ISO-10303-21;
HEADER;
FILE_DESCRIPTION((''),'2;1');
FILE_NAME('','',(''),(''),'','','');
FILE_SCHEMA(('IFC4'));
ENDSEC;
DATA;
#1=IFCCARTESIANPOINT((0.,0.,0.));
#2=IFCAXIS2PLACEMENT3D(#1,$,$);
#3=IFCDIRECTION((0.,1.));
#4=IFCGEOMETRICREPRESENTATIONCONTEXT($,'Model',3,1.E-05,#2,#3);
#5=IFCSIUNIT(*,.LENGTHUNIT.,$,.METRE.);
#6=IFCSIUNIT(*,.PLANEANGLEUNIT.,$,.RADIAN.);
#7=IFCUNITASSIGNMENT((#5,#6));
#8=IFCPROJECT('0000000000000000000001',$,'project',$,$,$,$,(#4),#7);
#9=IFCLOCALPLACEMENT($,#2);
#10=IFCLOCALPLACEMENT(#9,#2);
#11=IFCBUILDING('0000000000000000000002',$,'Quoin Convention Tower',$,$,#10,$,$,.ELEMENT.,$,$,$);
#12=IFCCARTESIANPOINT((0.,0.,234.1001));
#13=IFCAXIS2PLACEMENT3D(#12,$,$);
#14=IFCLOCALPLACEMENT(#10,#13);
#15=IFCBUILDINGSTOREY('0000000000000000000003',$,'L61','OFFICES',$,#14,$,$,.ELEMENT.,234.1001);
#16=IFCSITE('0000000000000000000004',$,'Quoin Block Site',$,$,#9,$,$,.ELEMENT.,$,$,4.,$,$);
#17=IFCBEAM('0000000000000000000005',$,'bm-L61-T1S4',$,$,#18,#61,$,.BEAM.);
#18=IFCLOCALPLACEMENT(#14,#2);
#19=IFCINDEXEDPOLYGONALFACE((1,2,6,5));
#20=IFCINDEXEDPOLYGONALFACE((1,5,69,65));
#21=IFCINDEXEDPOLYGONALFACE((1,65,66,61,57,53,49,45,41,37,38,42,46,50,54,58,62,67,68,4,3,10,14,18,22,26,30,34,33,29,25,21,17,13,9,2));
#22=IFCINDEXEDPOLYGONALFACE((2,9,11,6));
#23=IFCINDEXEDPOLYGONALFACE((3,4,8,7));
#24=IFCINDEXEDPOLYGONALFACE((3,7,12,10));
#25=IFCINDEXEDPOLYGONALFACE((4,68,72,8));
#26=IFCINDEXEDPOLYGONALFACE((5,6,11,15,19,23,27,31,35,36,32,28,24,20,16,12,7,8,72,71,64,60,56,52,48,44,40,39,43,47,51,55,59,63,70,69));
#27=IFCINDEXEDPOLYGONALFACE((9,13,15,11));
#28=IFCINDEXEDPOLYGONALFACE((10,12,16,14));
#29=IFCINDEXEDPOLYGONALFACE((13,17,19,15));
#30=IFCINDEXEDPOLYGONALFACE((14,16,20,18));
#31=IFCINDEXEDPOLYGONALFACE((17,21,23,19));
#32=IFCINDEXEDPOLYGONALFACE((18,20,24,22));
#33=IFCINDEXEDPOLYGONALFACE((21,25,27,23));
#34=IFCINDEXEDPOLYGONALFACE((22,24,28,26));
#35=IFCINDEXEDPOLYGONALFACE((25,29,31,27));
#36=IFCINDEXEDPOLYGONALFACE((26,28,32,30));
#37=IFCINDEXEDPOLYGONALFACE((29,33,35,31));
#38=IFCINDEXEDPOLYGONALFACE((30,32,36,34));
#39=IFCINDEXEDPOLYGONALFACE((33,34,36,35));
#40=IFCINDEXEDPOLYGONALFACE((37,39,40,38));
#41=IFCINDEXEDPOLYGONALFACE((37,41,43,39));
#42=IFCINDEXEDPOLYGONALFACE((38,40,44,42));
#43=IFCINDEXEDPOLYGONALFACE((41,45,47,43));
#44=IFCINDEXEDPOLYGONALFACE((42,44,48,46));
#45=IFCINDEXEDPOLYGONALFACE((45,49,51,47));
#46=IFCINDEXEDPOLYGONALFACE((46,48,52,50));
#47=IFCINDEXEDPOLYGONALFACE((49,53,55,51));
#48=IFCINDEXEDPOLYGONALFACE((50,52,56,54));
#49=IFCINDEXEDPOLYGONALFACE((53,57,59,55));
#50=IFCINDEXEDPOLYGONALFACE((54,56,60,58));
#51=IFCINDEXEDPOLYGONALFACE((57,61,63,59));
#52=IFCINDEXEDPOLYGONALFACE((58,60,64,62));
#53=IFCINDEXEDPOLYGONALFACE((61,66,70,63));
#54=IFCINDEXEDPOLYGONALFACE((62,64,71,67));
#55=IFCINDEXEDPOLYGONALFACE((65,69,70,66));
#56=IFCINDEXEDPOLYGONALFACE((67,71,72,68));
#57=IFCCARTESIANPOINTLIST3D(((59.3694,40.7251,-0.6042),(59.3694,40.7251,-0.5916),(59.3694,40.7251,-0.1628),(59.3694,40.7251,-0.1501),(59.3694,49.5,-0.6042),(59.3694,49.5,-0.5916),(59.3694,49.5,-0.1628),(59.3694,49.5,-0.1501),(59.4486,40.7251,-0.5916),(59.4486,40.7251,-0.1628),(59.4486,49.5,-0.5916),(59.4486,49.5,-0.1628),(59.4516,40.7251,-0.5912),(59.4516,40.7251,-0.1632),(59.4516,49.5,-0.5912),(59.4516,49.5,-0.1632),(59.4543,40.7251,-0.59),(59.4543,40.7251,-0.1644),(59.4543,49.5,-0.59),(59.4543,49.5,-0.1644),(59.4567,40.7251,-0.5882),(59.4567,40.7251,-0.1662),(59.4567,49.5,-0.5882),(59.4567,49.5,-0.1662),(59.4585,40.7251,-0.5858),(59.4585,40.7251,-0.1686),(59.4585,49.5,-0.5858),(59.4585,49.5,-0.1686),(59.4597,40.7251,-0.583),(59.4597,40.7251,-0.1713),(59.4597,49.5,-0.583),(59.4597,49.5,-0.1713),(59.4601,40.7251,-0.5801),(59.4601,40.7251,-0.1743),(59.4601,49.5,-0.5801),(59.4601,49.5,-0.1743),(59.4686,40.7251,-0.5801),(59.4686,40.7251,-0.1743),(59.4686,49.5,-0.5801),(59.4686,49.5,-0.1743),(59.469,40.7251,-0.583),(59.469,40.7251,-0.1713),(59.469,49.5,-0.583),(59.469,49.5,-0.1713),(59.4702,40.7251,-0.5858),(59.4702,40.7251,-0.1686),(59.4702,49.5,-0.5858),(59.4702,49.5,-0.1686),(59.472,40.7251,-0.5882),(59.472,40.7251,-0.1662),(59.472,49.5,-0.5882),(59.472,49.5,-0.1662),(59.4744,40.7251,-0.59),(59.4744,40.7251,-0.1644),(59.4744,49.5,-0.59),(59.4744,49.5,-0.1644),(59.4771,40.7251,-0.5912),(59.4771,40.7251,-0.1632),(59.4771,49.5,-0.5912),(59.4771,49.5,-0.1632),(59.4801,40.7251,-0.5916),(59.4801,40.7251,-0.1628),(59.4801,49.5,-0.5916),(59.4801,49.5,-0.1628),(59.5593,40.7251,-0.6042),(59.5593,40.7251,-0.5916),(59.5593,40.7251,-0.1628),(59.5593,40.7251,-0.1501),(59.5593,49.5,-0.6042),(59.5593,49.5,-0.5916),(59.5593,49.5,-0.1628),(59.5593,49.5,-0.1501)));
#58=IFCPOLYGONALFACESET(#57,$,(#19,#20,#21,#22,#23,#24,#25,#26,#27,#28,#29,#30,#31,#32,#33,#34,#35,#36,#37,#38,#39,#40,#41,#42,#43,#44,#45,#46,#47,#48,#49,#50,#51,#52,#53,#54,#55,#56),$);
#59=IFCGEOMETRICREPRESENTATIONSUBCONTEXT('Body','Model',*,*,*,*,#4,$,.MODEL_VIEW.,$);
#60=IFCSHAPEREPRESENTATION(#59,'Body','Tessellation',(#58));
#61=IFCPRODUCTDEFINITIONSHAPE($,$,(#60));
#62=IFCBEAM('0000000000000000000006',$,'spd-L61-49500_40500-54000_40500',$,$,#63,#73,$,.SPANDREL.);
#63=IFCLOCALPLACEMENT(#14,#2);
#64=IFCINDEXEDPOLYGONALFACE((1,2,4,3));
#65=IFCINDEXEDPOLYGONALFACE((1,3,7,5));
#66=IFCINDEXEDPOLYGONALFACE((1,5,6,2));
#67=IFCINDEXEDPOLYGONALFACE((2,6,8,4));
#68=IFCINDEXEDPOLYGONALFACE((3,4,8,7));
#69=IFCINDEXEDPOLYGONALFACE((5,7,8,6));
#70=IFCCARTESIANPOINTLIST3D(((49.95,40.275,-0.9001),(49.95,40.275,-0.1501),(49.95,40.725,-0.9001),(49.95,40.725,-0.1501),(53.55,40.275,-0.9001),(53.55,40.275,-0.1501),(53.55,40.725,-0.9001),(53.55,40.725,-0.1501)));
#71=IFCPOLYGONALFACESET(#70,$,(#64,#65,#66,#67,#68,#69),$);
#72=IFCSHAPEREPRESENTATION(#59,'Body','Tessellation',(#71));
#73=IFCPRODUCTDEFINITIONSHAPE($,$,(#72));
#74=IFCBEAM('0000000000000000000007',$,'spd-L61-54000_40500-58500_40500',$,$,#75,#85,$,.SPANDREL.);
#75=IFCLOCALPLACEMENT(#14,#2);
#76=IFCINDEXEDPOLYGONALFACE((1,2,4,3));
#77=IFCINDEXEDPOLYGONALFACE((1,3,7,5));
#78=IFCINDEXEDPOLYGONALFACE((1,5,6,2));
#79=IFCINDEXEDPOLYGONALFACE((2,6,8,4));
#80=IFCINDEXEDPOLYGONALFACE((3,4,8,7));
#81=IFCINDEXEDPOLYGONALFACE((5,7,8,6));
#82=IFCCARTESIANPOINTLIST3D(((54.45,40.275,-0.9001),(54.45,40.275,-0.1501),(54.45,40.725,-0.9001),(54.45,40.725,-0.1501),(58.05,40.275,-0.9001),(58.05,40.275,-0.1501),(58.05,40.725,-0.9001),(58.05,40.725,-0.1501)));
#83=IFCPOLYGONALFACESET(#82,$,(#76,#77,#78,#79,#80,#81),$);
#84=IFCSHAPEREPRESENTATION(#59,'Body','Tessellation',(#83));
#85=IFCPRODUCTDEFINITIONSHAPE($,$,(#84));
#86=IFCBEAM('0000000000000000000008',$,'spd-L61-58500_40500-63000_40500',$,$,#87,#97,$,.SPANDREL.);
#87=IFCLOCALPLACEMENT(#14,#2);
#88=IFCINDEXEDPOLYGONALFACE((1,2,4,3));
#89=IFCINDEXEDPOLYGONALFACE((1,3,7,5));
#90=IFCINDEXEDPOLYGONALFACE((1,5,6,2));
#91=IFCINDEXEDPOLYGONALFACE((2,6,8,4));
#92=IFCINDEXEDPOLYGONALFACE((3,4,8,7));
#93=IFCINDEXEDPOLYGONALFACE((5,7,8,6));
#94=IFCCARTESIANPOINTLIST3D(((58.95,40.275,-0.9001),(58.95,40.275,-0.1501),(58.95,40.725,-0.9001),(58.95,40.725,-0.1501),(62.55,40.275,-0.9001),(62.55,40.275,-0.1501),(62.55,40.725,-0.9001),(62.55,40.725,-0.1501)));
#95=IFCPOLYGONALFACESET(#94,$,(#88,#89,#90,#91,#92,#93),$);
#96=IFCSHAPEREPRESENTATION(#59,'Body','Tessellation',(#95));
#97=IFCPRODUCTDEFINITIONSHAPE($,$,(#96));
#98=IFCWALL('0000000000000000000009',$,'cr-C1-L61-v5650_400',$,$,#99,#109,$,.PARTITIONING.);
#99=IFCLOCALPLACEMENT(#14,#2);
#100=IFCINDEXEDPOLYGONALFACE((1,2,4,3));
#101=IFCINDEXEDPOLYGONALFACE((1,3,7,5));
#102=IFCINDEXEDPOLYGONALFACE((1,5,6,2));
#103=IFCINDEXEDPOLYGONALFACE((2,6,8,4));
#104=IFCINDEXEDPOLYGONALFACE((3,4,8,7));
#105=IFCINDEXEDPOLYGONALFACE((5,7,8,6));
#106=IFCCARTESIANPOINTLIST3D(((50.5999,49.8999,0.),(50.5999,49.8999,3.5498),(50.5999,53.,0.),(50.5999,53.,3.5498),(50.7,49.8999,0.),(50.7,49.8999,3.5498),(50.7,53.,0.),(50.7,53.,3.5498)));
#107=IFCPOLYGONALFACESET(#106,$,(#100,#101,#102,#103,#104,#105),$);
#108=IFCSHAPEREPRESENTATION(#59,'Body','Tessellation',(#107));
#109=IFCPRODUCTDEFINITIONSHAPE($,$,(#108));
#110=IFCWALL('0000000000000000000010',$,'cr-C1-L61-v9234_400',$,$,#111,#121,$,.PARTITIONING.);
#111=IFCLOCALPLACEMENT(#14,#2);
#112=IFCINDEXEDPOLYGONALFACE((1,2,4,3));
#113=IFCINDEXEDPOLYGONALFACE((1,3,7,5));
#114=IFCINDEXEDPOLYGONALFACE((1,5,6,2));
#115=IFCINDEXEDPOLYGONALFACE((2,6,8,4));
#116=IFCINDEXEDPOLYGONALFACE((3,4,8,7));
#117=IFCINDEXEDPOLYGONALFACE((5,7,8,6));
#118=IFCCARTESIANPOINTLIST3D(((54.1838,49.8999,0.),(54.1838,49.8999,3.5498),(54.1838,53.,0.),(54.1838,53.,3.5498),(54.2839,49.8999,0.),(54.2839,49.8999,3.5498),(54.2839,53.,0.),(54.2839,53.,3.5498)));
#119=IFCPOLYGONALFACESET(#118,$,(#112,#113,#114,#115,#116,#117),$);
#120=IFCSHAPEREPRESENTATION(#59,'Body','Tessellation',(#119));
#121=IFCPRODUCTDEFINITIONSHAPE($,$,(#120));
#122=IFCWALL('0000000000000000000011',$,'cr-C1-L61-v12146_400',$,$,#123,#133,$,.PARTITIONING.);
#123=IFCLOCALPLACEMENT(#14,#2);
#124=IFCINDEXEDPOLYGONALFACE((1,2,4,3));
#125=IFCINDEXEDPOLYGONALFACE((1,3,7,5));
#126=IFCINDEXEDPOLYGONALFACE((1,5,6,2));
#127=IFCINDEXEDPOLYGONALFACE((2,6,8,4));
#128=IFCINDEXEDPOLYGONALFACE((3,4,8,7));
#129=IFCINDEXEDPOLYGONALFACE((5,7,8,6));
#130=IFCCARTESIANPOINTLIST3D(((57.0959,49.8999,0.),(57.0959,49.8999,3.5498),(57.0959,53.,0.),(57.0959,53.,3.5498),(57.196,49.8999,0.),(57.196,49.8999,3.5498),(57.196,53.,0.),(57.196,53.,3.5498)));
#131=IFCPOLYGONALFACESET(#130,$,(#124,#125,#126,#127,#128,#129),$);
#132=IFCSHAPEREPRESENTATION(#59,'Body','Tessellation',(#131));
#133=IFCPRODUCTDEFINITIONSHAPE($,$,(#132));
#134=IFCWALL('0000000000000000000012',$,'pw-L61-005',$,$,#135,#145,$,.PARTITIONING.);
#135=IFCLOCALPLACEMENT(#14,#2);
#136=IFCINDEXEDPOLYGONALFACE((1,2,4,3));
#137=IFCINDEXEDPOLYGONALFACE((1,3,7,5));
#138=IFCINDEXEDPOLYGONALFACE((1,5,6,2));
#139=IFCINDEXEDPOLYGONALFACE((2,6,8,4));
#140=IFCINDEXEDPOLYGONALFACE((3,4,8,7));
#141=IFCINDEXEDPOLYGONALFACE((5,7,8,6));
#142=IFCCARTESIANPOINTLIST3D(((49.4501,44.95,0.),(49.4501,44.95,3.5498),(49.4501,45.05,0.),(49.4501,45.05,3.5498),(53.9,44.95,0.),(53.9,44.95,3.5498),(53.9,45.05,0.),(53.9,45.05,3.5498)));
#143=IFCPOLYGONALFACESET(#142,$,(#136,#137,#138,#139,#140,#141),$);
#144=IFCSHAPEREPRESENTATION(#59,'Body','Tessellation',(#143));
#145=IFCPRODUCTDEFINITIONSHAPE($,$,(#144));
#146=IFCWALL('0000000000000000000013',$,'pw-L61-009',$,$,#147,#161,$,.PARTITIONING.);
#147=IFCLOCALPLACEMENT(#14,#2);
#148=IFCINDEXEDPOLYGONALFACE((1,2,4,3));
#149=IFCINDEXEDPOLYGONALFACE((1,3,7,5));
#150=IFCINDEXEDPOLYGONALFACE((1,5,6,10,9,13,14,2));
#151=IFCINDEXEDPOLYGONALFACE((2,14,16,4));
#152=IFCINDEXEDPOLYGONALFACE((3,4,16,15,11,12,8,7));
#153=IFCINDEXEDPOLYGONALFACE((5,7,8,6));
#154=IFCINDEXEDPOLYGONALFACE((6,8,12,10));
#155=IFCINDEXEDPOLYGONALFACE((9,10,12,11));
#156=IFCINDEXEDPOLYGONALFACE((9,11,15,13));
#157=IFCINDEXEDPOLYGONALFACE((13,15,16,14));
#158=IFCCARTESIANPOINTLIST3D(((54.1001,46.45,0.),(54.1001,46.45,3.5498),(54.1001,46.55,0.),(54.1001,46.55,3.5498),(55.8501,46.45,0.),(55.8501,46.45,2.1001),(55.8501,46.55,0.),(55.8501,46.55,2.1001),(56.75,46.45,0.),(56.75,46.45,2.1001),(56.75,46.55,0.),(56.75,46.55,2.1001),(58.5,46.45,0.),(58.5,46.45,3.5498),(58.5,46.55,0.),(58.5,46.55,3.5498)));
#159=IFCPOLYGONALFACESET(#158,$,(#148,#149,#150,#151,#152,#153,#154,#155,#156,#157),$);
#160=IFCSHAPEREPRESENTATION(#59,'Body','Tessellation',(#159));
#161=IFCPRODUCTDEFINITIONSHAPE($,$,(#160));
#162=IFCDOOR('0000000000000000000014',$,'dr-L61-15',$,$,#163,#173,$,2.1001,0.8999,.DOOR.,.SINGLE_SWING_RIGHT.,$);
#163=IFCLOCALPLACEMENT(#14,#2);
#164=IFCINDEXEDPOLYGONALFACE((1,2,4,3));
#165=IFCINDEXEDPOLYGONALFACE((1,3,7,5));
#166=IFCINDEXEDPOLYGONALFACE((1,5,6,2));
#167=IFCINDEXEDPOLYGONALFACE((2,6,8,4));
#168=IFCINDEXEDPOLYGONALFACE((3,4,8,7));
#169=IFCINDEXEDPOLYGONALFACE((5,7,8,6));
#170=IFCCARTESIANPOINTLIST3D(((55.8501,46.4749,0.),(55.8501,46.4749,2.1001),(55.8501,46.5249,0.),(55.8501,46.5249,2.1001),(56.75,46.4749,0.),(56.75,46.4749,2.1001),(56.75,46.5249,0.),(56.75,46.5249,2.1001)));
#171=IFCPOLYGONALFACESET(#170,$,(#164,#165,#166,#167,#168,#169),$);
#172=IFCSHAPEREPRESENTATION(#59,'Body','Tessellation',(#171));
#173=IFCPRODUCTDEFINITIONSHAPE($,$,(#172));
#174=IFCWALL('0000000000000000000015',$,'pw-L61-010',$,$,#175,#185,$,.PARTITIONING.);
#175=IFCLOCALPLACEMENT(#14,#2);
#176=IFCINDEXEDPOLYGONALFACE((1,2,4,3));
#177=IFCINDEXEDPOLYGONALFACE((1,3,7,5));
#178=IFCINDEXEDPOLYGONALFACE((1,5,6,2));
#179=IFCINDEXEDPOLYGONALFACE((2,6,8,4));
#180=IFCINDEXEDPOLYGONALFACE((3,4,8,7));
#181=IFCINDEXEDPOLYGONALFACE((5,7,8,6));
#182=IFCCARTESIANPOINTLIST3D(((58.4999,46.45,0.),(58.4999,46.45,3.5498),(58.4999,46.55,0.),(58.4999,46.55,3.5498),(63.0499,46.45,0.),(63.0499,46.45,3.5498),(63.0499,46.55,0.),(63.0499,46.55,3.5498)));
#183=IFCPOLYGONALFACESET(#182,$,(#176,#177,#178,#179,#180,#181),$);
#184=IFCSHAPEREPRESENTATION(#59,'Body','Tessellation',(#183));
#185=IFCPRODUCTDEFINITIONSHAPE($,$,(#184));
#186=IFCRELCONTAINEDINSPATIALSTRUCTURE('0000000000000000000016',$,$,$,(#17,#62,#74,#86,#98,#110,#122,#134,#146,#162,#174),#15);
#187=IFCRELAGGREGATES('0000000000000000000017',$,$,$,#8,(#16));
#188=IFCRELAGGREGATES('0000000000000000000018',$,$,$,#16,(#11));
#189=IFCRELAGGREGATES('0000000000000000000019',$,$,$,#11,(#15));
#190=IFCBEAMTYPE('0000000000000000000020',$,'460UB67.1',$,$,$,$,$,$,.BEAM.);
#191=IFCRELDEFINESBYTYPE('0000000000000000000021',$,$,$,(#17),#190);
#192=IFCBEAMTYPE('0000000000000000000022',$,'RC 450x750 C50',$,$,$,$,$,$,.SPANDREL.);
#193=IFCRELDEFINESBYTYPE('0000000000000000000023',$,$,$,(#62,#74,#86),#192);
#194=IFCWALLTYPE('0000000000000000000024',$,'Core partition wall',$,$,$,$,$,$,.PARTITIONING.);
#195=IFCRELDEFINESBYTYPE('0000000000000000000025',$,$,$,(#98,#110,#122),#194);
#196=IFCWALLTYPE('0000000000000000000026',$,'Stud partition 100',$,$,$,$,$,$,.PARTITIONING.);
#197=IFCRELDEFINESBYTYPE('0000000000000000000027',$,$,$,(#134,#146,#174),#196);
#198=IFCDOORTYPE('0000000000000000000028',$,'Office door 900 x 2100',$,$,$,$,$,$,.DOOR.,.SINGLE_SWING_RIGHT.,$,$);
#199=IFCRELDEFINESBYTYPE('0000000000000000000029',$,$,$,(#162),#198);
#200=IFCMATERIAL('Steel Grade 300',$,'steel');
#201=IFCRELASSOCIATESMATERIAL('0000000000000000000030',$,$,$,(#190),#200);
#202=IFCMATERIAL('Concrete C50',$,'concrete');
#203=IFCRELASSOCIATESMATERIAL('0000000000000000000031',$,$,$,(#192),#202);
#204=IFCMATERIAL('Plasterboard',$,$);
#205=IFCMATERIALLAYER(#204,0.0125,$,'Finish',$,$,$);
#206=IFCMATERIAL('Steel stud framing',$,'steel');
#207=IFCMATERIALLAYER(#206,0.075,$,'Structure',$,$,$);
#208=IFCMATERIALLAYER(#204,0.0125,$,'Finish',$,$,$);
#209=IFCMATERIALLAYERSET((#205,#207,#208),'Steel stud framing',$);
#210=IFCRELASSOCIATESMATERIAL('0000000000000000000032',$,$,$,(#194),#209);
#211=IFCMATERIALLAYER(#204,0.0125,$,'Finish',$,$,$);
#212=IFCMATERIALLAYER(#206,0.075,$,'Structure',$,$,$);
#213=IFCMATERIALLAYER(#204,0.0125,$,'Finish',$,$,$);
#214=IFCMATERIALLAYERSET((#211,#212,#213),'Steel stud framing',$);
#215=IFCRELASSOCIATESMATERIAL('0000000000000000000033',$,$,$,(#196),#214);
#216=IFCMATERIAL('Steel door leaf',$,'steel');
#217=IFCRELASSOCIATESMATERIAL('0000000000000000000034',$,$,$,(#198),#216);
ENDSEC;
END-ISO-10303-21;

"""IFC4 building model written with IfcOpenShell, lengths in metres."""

from ifc_helpers import new_model, si_unit, direction, frame, frame_2d, origin, origin_2d, place, context, subcontext, project, spatial, rectangle, i_section, extrude, material, layer, layer_set, material_profile, profile_set, type_object, element, fill, save


model = new_model("IFC4")

# Units and contexts
model_context = context("Model", 3, precision=1e-05, world=origin(), true_north=direction((0.0, 1.0)))
body_context = subcontext(model_context, "Body", "Model", "MODEL_VIEW")
ifc_project = project(units=[si_unit("LENGTHUNIT", "METRE"), si_unit("PLANEANGLEUNIT", "RADIAN")], contexts=[model_context])

# Site, building, storey
site_placement = place(None, origin())
site = spatial("IfcSite", under=ifc_project, at=site_placement, Name="Quoin Block Site", CompositionType="ELEMENT", RefElevation=4.0)
building_placement = place(site_placement, origin())
building = spatial("IfcBuilding", under=site, at=building_placement, Name="Quoin Convention Tower", CompositionType="ELEMENT")
storey_placement = place(building_placement, frame((0.0, 0.0, 234.1001)))
storey = spatial("IfcBuildingStorey", under=building, at=storey_placement, Name="L61", Description="OFFICES", CompositionType="ELEMENT", Elevation=234.1001)

# Shared definitions
ifc_material_1 = material(Name="Concrete C50", Category="concrete")

# Beams
ifc_material_2 = material(Name="Steel Grade 300", Category="steel")
ifc_material_profile_1 = material_profile(ifc_material_2, i_section(OverallWidth=0.1899, OverallDepth=0.4541, WebThickness=0.0085, FlangeThickness=0.0127, FilletRadius=0.0115, at=origin_2d()), Name="460UB67.1")
ifc_profile_set_1 = profile_set([ifc_material_profile_1], Name="Steel Grade 300")
beam_type_1 = type_object("IfcBeamType", Name="460UB67.1", PredefinedType="BEAM", material=ifc_profile_set_1)
for number, where, z_axis, x_axis, name in (
    (1, (59.4644, 40.7251, -0.3772), (0.0, 1.0, 0.0), (-1.0, 0.0, 0.0), "bm-L61-T1S4"),
):
    element("IfcBeam", number, at=place(storey_placement, frame(where, z_axis=z_axis, x_axis=x_axis)), inside=storey, type_object=beam_type_1, Name=name, PredefinedType="BEAM", context=body_context, shape_type="SweptSolid", body=[
        extrude(i_section(OverallWidth=0.1899, OverallDepth=0.4541, WebThickness=0.0085, FlangeThickness=0.0127, FilletRadius=0.0115, at=origin_2d()), origin(), (0.0, 0.0, 1.0), 8.7749),
    ])
ifc_material_profile_2 = material_profile(ifc_material_1, rectangle(XDim=0.45, YDim=0.75, at=origin_2d()), Name="RC 450x750")
ifc_profile_set_2 = profile_set([ifc_material_profile_2], Name="Concrete C50")
beam_type_2 = type_object("IfcBeamType", Name="RC 450x750 C50", PredefinedType="SPANDREL", material=ifc_profile_set_2)
for number, where, z_axis, x_axis, name in (
    (2, (49.95, 40.5, -0.5251), (1.0, 0.0, 0.0), (0.0, 1.0, 0.0), "spd-L61-49500_40500-54000_40500"),
    (3, (54.45, 40.5, -0.5251), (1.0, 0.0, 0.0), (0.0, 1.0, 0.0), "spd-L61-54000_40500-58500_40500"),
    (4, (58.95, 40.5, -0.5251), (1.0, 0.0, 0.0), (0.0, 1.0, 0.0), "spd-L61-58500_40500-63000_40500"),
):
    element("IfcBeam", number, at=place(storey_placement, frame(where, z_axis=z_axis, x_axis=x_axis)), inside=storey, type_object=beam_type_2, Name=name, PredefinedType="SPANDREL", context=body_context, shape_type="SweptSolid", body=[
        extrude(rectangle(XDim=0.45, YDim=0.75, at=origin_2d()), origin(), (0.0, 0.0, 1.0), 3.6001),
    ])

# Walls
ifc_material_3 = material(Name="Plasterboard")
ifc_layer_1 = layer(ifc_material_3, 0.0125, Name="Finish")
ifc_material_4 = material(Name="Steel stud framing", Category="steel")
ifc_layer_2 = layer(ifc_material_4, 0.075, Name="Structure")
ifc_layer_3 = layer(ifc_material_3, 0.0125, Name="Finish")
ifc_layer_set_1 = layer_set([ifc_layer_1, ifc_layer_2, ifc_layer_3], Name="Steel stud framing")
wall_type_1 = type_object("IfcWallType", Name="Core partition wall", PredefinedType="PARTITIONING", material=ifc_layer_set_1)
for number, where, z_axis, x_axis, name in (
    (5, (50.6499, 49.8999, 0.0), (0.0, 0.0, 1.0), (0.0, 1.0, 0.0), "cr-C1-L61-v5650_400"),
    (6, (54.2339, 49.8999, 0.0), (0.0, 0.0, 1.0), (0.0, 1.0, 0.0), "cr-C1-L61-v9234_400"),
    (7, (57.146, 49.8999, 0.0), (0.0, 0.0, 1.0), (0.0, 1.0, 0.0), "cr-C1-L61-v12146_400"),
):
    element("IfcWall", number, at=place(storey_placement, frame(where, z_axis=z_axis, x_axis=x_axis)), inside=storey, type_object=wall_type_1, Name=name, PredefinedType="PARTITIONING", context=body_context, shape_type="SweptSolid", body=[
        extrude(rectangle(XDim=3.1001, YDim=0.1001, at=frame_2d((1.55, 0.0))), origin(), (0.0, 0.0, 1.0), 3.5498),
    ])
ifc_layer_4 = layer(ifc_material_3, 0.0125, Name="Finish")
ifc_layer_5 = layer(ifc_material_4, 0.075, Name="Structure")
ifc_layer_6 = layer(ifc_material_3, 0.0125, Name="Finish")
ifc_layer_set_2 = layer_set([ifc_layer_4, ifc_layer_5, ifc_layer_6], Name="Steel stud framing")
wall_type_2 = type_object("IfcWallType", Name="Stud partition 100", PredefinedType="PARTITIONING", material=ifc_layer_set_2)
wall_1_placement = place(storey_placement, frame((49.45, 45.0, 0.0), z_axis=(0.0, 0.0, 1.0), x_axis=(1.0, 0.0, 0.0)))
element("IfcWall", 8, at=wall_1_placement, inside=storey, type_object=wall_type_2, Name="pw-L61-005", PredefinedType="PARTITIONING", context=body_context, shape_type="SweptSolid", body=[
    extrude(rectangle(XDim=4.45, YDim=0.1001, at=frame_2d((2.2251, 0.0))), origin(), (0.0, 0.0, 1.0), 3.5498),
])

# Wall, opening, door
wall_2_placement = place(storey_placement, frame((54.1001, 46.5, 0.0), z_axis=(0.0, 0.0, 1.0), x_axis=(1.0, 0.0, 0.0)))
wall_2 = element("IfcWall", 9, at=wall_2_placement, inside=storey, type_object=wall_type_2, Name="pw-L61-009", PredefinedType="PARTITIONING", context=body_context, shape_type="SweptSolid", body=[
    extrude(rectangle(XDim=4.3999, YDim=0.1001, at=frame_2d((2.2, 0.0))), origin(), (0.0, 0.0, 1.0), 3.5498),
])
opening_1_placement = place(wall_2_placement, frame((1.75, 0.0, 0.0)))
opening_1 = element("IfcOpeningElement", 10, at=opening_1_placement, cuts=wall_2, PredefinedType="OPENING", context=body_context, shape_type="SweptSolid", body=[
    extrude(rectangle(XDim=0.8999, YDim=2.1001, at=frame_2d((0.45, 1.05))), frame((0.0, 0.0601, 0.0), z_axis=(0.0, -1.0, 0.0), x_axis=(1.0, 0.0, 0.0)), (0.0, 0.0, 1.0), 0.1201),
])
ifc_material_5 = material(Name="Steel door leaf", Category="steel")
door_type = type_object("IfcDoorType", Name="Office door 900 x 2100", OperationType="SINGLE_SWING_RIGHT", PredefinedType="DOOR", material=ifc_material_5)
door_1_placement = place(opening_1_placement, origin())
door_1 = element("IfcDoor", 11, at=door_1_placement, inside=storey, type_object=door_type, Name="dr-L61-15", OperationType="SINGLE_SWING_RIGHT", OverallHeight=2.1001, OverallWidth=0.8999, PredefinedType="DOOR", context=body_context, shape_type="SweptSolid", body=[
    extrude(rectangle(XDim=0.8999, YDim=2.1001, at=frame_2d((0.45, 1.05))), frame((0.0, 0.0249, 0.0), z_axis=(0.0, -1.0, 0.0), x_axis=(1.0, 0.0, 0.0)), (0.0, 0.0, 1.0), 0.05),
])
fill(opening_1, door_1)

# Wall
wall_3_placement = place(storey_placement, frame((58.5, 46.5, 0.0), z_axis=(0.0, 0.0, 1.0), x_axis=(1.0, 0.0, 0.0)))
element("IfcWall", 12, at=wall_3_placement, inside=storey, type_object=wall_type_2, Name="pw-L61-010", PredefinedType="PARTITIONING", context=body_context, shape_type="SweptSolid", body=[
    extrude(rectangle(XDim=4.55, YDim=0.1001, at=frame_2d((2.2749, 0.0))), origin(), (0.0, 0.0, 1.0), 3.5498),
])

save(model, "model.ifc")
